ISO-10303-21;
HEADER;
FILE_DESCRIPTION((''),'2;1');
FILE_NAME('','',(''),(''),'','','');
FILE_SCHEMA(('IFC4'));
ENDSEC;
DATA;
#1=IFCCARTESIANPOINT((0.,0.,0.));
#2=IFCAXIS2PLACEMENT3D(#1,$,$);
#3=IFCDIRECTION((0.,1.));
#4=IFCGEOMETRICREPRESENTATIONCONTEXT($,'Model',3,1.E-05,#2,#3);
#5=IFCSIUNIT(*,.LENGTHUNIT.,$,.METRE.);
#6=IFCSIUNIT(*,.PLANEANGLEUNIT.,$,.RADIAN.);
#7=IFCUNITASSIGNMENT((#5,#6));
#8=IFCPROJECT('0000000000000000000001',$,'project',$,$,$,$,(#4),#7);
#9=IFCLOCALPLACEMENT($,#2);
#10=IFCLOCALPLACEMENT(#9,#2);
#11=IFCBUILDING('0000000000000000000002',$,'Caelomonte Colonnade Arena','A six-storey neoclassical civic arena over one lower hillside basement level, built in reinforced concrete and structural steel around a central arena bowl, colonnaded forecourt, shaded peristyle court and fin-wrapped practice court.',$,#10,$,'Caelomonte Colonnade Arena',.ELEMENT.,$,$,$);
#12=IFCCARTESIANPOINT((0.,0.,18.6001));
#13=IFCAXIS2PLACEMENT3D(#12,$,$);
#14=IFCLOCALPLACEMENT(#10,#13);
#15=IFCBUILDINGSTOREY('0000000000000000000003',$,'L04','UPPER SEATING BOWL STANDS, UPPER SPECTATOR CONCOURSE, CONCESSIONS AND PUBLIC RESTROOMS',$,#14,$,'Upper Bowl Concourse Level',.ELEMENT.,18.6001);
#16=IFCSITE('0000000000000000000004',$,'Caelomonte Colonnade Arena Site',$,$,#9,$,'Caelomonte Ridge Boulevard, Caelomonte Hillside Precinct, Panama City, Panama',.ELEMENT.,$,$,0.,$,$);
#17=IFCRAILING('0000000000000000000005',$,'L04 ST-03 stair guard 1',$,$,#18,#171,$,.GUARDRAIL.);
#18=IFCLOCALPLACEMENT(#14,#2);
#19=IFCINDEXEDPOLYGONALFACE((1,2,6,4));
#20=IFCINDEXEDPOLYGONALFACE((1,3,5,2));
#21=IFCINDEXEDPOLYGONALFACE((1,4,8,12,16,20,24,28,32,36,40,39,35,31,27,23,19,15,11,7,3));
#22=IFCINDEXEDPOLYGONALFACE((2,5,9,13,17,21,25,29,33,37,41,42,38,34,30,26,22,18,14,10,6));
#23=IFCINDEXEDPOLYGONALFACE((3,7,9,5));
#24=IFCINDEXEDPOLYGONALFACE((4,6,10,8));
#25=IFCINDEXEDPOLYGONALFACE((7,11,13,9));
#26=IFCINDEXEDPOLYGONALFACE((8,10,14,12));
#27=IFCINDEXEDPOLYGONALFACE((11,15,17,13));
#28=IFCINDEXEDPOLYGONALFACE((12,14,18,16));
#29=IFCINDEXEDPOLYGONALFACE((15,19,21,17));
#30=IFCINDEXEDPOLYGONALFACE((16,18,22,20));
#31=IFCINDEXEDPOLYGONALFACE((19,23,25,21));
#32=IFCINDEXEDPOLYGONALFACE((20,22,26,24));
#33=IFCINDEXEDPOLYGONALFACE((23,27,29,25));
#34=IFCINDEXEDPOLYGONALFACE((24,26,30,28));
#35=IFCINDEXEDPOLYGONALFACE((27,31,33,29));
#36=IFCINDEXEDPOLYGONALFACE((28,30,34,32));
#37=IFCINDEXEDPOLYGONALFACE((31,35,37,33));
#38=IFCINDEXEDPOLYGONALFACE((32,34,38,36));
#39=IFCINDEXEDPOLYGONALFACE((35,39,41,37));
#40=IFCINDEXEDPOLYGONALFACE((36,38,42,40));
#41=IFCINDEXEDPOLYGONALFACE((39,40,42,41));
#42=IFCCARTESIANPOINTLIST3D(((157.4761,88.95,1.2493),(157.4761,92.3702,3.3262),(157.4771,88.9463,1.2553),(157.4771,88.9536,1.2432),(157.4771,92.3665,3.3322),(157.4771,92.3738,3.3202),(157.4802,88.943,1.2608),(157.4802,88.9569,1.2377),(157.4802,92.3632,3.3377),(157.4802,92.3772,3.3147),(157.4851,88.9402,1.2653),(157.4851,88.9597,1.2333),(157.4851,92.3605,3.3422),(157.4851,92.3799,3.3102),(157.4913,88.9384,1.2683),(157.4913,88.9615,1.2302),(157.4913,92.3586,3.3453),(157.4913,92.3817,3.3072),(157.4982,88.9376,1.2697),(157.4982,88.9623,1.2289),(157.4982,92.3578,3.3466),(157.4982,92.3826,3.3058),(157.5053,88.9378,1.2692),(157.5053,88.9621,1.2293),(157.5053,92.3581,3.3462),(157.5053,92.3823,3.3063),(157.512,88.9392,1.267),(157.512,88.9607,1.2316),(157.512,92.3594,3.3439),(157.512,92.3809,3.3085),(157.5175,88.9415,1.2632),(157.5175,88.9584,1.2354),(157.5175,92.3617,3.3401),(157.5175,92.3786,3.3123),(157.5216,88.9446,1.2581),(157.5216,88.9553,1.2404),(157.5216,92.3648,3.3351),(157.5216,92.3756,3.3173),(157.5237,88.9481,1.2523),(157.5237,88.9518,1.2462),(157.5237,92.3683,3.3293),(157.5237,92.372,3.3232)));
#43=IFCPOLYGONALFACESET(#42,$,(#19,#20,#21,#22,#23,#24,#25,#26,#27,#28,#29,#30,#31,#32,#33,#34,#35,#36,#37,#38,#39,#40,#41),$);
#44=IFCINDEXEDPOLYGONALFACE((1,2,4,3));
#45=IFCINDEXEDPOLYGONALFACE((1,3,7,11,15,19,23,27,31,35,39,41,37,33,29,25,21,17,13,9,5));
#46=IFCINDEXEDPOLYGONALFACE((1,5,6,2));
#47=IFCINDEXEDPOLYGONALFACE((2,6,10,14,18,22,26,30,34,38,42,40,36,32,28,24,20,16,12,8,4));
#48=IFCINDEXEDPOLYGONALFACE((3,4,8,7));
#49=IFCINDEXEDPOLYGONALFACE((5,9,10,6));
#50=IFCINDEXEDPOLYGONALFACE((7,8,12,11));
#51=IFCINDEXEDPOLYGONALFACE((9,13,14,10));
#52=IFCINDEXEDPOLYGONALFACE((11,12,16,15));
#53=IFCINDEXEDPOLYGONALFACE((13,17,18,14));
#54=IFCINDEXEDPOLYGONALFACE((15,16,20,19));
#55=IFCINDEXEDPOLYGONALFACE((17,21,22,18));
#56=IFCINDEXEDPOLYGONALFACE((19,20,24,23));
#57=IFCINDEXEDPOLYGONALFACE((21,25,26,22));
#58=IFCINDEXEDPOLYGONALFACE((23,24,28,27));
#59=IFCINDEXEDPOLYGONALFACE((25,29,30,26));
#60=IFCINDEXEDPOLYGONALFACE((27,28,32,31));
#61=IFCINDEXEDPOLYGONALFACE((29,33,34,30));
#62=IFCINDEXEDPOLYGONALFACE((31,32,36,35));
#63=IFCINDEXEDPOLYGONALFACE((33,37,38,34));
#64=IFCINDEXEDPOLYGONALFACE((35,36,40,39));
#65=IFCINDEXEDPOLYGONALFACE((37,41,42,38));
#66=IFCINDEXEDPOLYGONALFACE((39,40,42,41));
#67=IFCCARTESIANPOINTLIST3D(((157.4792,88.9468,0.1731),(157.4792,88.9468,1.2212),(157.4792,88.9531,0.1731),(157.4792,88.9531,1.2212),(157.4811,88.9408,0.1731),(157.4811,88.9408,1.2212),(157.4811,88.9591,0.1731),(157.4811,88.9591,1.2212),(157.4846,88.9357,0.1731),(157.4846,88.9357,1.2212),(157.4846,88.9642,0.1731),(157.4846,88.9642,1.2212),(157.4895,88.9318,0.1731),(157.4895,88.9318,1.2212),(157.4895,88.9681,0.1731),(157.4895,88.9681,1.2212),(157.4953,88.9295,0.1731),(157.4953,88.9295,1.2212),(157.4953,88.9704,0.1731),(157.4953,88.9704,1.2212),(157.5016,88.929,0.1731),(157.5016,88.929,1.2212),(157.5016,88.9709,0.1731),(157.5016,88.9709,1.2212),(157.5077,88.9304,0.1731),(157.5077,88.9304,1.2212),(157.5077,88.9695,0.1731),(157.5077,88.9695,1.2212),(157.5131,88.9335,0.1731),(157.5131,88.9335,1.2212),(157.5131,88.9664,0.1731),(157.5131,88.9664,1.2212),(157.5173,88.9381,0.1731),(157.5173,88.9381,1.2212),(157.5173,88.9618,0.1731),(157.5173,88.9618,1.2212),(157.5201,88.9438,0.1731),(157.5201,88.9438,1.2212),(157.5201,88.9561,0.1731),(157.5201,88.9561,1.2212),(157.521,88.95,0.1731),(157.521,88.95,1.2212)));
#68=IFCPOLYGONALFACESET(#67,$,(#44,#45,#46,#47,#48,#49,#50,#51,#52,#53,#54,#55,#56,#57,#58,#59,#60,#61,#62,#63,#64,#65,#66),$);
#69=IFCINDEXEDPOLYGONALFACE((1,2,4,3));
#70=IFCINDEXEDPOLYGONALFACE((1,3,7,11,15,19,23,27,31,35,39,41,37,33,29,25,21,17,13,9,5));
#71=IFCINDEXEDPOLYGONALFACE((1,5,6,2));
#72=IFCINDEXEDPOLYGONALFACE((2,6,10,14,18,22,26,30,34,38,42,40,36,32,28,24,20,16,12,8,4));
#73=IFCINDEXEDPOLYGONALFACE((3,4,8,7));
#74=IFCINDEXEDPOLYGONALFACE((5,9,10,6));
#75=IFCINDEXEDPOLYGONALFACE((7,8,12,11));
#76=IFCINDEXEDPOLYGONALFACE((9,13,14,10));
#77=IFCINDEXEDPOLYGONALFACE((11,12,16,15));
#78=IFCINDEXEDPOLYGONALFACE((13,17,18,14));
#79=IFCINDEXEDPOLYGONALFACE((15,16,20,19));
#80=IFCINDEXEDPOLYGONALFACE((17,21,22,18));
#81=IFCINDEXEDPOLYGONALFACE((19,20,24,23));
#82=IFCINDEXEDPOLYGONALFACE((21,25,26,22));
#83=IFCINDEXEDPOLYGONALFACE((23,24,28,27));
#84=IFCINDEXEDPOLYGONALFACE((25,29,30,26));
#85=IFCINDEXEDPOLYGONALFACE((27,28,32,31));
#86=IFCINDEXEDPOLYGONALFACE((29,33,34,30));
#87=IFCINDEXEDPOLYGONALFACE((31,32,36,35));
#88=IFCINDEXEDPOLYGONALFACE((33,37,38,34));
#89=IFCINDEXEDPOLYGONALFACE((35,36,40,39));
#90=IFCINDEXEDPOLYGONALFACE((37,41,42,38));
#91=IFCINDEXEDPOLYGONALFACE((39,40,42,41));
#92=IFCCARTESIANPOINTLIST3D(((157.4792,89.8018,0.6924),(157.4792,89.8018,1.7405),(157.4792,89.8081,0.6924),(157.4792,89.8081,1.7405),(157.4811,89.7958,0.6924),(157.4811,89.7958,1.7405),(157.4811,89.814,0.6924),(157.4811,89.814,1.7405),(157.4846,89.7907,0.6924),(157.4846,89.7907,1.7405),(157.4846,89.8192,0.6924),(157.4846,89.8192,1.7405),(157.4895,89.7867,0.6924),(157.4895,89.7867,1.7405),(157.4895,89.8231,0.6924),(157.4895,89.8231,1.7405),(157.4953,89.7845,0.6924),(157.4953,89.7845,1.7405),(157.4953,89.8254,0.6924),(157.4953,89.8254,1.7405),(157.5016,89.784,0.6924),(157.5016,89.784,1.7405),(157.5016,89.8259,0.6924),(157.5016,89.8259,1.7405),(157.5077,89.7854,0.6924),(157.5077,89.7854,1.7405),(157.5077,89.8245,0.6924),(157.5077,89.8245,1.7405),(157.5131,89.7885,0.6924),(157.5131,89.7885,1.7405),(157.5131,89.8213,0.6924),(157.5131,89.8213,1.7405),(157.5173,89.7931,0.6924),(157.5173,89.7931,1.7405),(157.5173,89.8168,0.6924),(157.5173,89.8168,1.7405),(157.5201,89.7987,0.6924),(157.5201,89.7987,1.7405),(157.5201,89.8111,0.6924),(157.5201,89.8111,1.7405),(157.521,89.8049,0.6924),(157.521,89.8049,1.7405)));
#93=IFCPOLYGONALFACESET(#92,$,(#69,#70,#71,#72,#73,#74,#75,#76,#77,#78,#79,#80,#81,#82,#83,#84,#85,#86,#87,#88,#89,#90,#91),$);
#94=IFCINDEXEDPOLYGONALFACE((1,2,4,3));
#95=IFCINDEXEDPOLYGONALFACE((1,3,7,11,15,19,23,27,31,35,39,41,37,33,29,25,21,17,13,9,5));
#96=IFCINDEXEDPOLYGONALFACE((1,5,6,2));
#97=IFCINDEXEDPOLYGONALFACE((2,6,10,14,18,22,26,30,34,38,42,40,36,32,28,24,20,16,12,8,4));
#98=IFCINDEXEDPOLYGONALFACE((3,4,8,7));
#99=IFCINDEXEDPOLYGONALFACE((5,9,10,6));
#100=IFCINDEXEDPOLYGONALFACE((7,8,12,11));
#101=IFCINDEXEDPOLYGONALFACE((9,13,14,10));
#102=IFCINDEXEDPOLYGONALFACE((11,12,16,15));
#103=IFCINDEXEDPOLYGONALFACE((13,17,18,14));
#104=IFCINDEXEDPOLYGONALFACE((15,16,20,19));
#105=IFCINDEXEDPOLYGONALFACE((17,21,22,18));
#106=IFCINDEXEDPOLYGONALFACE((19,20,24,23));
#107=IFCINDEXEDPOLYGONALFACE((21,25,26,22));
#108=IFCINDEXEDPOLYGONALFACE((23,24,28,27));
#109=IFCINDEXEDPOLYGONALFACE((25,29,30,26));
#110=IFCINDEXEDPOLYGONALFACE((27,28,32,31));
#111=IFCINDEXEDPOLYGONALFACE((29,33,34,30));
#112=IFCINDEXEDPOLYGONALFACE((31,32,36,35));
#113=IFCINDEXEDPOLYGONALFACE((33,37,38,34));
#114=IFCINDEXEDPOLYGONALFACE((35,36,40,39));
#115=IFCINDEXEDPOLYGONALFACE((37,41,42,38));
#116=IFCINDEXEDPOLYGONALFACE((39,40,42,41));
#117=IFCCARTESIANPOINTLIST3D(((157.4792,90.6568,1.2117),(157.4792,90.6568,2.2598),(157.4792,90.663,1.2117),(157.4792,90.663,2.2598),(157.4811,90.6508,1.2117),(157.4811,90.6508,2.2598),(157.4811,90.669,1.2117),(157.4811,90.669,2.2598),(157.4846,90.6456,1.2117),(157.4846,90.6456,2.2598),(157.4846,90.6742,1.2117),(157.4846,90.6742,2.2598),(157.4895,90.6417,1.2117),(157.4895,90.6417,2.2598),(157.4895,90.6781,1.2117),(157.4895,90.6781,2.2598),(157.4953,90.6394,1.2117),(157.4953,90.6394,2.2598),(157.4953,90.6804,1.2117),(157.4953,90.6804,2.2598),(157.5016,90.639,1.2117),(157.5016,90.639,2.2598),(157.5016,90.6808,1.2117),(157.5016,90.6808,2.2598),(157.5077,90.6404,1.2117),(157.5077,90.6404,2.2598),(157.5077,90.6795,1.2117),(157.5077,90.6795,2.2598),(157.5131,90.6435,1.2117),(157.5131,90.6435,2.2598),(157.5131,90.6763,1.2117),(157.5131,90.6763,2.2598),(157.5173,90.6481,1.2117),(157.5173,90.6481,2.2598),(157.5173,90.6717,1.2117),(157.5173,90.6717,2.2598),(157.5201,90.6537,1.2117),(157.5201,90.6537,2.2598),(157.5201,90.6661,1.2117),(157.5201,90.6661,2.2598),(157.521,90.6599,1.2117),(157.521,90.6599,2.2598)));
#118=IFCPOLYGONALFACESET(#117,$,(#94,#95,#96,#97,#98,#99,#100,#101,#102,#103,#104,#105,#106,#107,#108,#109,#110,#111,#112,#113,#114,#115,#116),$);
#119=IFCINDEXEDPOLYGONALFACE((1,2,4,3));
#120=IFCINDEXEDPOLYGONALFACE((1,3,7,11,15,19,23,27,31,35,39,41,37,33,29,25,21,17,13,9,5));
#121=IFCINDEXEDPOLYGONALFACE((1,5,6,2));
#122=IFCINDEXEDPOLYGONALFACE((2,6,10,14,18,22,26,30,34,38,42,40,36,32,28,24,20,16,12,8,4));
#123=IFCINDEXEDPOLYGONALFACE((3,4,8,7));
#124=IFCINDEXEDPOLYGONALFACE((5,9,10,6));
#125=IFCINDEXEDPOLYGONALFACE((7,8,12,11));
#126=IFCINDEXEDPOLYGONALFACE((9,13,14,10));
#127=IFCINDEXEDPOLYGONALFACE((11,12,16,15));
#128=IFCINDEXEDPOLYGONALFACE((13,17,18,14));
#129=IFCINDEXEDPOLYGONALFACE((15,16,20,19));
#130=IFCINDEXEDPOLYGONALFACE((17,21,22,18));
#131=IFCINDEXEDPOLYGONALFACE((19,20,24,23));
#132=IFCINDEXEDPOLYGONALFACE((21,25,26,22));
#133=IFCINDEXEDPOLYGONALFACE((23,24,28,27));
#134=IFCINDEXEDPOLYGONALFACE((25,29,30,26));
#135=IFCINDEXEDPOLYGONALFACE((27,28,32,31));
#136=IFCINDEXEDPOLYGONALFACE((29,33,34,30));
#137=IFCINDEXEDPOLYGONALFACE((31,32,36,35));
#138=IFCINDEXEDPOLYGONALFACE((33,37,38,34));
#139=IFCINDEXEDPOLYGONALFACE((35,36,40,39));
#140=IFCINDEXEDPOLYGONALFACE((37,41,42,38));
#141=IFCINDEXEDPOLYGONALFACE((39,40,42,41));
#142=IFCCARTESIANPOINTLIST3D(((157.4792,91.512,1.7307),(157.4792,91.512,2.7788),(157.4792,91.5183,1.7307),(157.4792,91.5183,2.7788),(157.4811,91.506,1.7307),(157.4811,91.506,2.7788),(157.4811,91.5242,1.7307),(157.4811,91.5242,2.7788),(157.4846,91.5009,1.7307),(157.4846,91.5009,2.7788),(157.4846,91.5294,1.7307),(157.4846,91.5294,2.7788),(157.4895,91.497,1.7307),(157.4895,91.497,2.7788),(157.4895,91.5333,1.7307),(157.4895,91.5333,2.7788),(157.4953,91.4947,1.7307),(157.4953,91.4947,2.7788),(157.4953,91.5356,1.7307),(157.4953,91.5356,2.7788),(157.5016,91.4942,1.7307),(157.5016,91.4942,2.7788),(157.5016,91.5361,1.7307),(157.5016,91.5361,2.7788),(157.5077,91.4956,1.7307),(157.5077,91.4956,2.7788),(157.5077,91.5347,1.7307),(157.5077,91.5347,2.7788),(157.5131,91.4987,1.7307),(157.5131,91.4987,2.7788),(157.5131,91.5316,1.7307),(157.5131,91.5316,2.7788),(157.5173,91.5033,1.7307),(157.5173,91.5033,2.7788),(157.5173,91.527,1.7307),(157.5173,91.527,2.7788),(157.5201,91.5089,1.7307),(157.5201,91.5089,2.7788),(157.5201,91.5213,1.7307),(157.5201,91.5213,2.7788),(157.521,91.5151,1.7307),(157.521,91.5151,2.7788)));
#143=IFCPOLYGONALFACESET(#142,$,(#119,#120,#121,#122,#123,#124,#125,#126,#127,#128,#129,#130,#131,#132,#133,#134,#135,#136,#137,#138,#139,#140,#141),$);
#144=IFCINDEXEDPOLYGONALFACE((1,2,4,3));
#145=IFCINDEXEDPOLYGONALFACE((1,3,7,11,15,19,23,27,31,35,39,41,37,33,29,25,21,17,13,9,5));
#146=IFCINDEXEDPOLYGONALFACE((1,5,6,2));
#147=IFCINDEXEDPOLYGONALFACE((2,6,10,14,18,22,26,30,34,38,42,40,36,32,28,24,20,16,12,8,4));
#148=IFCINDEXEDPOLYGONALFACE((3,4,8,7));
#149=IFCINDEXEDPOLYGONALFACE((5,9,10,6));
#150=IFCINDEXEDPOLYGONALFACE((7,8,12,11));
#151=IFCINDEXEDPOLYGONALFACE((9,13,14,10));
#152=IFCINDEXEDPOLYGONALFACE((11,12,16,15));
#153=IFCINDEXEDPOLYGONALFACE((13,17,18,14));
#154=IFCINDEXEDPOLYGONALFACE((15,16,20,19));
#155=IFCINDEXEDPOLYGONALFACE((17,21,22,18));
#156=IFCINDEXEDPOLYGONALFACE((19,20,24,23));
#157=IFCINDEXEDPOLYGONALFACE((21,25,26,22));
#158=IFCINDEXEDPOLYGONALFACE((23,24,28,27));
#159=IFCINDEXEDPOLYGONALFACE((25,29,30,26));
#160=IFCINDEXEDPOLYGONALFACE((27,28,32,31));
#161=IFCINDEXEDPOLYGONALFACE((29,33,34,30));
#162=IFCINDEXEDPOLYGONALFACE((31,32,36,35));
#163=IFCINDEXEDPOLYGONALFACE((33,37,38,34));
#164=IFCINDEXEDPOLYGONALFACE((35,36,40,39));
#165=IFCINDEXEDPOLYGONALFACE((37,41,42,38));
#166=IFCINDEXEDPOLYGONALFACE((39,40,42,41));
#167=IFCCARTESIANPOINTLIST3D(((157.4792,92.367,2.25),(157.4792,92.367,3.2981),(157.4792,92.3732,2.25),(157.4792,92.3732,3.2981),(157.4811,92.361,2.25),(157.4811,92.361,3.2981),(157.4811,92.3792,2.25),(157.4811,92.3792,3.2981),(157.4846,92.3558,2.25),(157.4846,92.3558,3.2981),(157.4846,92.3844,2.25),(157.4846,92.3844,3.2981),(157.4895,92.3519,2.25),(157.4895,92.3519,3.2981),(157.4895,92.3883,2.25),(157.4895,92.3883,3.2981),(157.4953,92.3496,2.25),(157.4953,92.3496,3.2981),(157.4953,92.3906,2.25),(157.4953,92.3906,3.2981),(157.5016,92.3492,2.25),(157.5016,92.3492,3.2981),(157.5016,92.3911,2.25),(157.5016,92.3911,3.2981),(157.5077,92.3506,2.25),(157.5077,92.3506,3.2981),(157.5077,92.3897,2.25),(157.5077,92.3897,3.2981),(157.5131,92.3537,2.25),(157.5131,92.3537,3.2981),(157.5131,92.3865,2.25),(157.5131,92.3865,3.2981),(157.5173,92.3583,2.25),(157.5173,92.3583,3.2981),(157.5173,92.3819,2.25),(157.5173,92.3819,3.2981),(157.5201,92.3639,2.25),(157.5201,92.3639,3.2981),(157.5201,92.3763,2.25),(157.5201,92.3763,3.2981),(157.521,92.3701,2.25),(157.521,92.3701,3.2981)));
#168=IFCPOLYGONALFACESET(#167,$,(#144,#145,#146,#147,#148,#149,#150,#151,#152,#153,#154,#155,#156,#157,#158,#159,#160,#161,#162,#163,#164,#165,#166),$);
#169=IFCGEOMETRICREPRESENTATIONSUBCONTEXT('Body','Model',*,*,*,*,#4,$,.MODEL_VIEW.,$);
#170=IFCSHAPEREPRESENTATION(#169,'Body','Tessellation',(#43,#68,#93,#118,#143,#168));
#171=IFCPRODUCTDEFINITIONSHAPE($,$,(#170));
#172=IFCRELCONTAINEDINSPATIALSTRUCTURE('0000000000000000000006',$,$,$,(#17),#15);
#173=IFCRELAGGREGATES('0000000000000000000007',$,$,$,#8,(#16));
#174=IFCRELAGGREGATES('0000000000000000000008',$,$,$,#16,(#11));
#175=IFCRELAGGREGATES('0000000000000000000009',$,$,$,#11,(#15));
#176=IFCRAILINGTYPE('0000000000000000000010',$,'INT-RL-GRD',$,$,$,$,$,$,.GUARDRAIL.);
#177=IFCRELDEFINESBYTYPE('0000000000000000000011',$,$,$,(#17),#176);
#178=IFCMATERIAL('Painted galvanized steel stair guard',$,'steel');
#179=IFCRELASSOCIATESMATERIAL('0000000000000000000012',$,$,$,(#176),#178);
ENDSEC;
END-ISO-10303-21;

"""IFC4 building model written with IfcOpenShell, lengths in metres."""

from ifc_helpers import new_model, si_unit, direction, frame, origin, origin_2d, place, context, subcontext, project, spatial, circle, extrude, material, type_object, element, save


model = new_model("IFC4")

# Units and contexts
model_context = context("Model", 3, precision=1e-05, world=origin(), true_north=direction((0.0, 1.0)))
body_context = subcontext(model_context, "Body", "Model", "MODEL_VIEW")
ifc_project = project(units=[si_unit("LENGTHUNIT", "METRE"), si_unit("PLANEANGLEUNIT", "RADIAN")], contexts=[model_context])

# Site, building, storey
site_placement = place(None, origin())
site = spatial("IfcSite", under=ifc_project, at=site_placement, Name="Caelomonte Colonnade Arena Site", LongName="Caelomonte Ridge Boulevard, Caelomonte Hillside Precinct, Panama City, Panama", CompositionType="ELEMENT", RefElevation=0.0)
building_placement = place(site_placement, origin())
building = spatial("IfcBuilding", under=site, at=building_placement, Name="Caelomonte Colonnade Arena", Description="A six-storey neoclassical civic arena over one lower hillside basement level, built in reinforced concrete and structural steel around a central arena bowl, colonnaded forecourt, shaded peristyle court and fin-wrapped practice court.", LongName="Caelomonte Colonnade Arena", CompositionType="ELEMENT")
storey_placement = place(building_placement, frame((0.0, 0.0, 18.6001)))
storey = spatial("IfcBuildingStorey", under=building, at=storey_placement, Name="L04", Description="UPPER SEATING BOWL STANDS, UPPER SPECTATOR CONCOURSE, CONCESSIONS AND PUBLIC RESTROOMS", LongName="Upper Bowl Concourse Level", CompositionType="ELEMENT", Elevation=18.6001)

# Railing
ifc_material_1 = material(Name="Painted galvanized steel stair guard", Category="steel")
railing_type_1 = type_object("IfcRailingType", Name="INT-RL-GRD", PredefinedType="GUARDRAIL", material=ifc_material_1)
railing_1_placement = place(storey_placement, frame((157.5, 88.95, 0.1731)))
element("IfcRailing", 1, at=railing_1_placement, inside=storey, type_object=railing_type_1, Name="L04 ST-03 stair guard 1", PredefinedType="GUARDRAIL", context=body_context, shape_type="SweptSolid", body=[
    extrude(circle(Radius=0.0239, at=origin_2d()), frame((0.0, 0.0, 1.0762), z_axis=(0.0, 0.854746, 0.519047), x_axis=(-1.0, 0.0, 0.0)), (0.0, 0.0, 1.0), 4.0015),
    extrude(circle(Radius=0.021, at=origin_2d()), origin(), (0.0, 0.0, 1.0), 1.0481),
    extrude(circle(Radius=0.021, at=origin_2d()), frame((0.0, 0.855, 0.5193)), (0.0, 0.0, 1.0), 1.0481),
    extrude(circle(Radius=0.021, at=origin_2d()), frame((0.0, 1.71, 1.0386)), (0.0, 0.0, 1.0), 1.0481),
    extrude(circle(Radius=0.021, at=origin_2d()), frame((0.0, 2.5652, 1.5576)), (0.0, 0.0, 1.0), 1.0481),
    extrude(circle(Radius=0.021, at=origin_2d()), frame((0.0, 3.4202, 2.0769)), (0.0, 0.0, 1.0), 1.0481),
])

save(model, "model.ifc")
